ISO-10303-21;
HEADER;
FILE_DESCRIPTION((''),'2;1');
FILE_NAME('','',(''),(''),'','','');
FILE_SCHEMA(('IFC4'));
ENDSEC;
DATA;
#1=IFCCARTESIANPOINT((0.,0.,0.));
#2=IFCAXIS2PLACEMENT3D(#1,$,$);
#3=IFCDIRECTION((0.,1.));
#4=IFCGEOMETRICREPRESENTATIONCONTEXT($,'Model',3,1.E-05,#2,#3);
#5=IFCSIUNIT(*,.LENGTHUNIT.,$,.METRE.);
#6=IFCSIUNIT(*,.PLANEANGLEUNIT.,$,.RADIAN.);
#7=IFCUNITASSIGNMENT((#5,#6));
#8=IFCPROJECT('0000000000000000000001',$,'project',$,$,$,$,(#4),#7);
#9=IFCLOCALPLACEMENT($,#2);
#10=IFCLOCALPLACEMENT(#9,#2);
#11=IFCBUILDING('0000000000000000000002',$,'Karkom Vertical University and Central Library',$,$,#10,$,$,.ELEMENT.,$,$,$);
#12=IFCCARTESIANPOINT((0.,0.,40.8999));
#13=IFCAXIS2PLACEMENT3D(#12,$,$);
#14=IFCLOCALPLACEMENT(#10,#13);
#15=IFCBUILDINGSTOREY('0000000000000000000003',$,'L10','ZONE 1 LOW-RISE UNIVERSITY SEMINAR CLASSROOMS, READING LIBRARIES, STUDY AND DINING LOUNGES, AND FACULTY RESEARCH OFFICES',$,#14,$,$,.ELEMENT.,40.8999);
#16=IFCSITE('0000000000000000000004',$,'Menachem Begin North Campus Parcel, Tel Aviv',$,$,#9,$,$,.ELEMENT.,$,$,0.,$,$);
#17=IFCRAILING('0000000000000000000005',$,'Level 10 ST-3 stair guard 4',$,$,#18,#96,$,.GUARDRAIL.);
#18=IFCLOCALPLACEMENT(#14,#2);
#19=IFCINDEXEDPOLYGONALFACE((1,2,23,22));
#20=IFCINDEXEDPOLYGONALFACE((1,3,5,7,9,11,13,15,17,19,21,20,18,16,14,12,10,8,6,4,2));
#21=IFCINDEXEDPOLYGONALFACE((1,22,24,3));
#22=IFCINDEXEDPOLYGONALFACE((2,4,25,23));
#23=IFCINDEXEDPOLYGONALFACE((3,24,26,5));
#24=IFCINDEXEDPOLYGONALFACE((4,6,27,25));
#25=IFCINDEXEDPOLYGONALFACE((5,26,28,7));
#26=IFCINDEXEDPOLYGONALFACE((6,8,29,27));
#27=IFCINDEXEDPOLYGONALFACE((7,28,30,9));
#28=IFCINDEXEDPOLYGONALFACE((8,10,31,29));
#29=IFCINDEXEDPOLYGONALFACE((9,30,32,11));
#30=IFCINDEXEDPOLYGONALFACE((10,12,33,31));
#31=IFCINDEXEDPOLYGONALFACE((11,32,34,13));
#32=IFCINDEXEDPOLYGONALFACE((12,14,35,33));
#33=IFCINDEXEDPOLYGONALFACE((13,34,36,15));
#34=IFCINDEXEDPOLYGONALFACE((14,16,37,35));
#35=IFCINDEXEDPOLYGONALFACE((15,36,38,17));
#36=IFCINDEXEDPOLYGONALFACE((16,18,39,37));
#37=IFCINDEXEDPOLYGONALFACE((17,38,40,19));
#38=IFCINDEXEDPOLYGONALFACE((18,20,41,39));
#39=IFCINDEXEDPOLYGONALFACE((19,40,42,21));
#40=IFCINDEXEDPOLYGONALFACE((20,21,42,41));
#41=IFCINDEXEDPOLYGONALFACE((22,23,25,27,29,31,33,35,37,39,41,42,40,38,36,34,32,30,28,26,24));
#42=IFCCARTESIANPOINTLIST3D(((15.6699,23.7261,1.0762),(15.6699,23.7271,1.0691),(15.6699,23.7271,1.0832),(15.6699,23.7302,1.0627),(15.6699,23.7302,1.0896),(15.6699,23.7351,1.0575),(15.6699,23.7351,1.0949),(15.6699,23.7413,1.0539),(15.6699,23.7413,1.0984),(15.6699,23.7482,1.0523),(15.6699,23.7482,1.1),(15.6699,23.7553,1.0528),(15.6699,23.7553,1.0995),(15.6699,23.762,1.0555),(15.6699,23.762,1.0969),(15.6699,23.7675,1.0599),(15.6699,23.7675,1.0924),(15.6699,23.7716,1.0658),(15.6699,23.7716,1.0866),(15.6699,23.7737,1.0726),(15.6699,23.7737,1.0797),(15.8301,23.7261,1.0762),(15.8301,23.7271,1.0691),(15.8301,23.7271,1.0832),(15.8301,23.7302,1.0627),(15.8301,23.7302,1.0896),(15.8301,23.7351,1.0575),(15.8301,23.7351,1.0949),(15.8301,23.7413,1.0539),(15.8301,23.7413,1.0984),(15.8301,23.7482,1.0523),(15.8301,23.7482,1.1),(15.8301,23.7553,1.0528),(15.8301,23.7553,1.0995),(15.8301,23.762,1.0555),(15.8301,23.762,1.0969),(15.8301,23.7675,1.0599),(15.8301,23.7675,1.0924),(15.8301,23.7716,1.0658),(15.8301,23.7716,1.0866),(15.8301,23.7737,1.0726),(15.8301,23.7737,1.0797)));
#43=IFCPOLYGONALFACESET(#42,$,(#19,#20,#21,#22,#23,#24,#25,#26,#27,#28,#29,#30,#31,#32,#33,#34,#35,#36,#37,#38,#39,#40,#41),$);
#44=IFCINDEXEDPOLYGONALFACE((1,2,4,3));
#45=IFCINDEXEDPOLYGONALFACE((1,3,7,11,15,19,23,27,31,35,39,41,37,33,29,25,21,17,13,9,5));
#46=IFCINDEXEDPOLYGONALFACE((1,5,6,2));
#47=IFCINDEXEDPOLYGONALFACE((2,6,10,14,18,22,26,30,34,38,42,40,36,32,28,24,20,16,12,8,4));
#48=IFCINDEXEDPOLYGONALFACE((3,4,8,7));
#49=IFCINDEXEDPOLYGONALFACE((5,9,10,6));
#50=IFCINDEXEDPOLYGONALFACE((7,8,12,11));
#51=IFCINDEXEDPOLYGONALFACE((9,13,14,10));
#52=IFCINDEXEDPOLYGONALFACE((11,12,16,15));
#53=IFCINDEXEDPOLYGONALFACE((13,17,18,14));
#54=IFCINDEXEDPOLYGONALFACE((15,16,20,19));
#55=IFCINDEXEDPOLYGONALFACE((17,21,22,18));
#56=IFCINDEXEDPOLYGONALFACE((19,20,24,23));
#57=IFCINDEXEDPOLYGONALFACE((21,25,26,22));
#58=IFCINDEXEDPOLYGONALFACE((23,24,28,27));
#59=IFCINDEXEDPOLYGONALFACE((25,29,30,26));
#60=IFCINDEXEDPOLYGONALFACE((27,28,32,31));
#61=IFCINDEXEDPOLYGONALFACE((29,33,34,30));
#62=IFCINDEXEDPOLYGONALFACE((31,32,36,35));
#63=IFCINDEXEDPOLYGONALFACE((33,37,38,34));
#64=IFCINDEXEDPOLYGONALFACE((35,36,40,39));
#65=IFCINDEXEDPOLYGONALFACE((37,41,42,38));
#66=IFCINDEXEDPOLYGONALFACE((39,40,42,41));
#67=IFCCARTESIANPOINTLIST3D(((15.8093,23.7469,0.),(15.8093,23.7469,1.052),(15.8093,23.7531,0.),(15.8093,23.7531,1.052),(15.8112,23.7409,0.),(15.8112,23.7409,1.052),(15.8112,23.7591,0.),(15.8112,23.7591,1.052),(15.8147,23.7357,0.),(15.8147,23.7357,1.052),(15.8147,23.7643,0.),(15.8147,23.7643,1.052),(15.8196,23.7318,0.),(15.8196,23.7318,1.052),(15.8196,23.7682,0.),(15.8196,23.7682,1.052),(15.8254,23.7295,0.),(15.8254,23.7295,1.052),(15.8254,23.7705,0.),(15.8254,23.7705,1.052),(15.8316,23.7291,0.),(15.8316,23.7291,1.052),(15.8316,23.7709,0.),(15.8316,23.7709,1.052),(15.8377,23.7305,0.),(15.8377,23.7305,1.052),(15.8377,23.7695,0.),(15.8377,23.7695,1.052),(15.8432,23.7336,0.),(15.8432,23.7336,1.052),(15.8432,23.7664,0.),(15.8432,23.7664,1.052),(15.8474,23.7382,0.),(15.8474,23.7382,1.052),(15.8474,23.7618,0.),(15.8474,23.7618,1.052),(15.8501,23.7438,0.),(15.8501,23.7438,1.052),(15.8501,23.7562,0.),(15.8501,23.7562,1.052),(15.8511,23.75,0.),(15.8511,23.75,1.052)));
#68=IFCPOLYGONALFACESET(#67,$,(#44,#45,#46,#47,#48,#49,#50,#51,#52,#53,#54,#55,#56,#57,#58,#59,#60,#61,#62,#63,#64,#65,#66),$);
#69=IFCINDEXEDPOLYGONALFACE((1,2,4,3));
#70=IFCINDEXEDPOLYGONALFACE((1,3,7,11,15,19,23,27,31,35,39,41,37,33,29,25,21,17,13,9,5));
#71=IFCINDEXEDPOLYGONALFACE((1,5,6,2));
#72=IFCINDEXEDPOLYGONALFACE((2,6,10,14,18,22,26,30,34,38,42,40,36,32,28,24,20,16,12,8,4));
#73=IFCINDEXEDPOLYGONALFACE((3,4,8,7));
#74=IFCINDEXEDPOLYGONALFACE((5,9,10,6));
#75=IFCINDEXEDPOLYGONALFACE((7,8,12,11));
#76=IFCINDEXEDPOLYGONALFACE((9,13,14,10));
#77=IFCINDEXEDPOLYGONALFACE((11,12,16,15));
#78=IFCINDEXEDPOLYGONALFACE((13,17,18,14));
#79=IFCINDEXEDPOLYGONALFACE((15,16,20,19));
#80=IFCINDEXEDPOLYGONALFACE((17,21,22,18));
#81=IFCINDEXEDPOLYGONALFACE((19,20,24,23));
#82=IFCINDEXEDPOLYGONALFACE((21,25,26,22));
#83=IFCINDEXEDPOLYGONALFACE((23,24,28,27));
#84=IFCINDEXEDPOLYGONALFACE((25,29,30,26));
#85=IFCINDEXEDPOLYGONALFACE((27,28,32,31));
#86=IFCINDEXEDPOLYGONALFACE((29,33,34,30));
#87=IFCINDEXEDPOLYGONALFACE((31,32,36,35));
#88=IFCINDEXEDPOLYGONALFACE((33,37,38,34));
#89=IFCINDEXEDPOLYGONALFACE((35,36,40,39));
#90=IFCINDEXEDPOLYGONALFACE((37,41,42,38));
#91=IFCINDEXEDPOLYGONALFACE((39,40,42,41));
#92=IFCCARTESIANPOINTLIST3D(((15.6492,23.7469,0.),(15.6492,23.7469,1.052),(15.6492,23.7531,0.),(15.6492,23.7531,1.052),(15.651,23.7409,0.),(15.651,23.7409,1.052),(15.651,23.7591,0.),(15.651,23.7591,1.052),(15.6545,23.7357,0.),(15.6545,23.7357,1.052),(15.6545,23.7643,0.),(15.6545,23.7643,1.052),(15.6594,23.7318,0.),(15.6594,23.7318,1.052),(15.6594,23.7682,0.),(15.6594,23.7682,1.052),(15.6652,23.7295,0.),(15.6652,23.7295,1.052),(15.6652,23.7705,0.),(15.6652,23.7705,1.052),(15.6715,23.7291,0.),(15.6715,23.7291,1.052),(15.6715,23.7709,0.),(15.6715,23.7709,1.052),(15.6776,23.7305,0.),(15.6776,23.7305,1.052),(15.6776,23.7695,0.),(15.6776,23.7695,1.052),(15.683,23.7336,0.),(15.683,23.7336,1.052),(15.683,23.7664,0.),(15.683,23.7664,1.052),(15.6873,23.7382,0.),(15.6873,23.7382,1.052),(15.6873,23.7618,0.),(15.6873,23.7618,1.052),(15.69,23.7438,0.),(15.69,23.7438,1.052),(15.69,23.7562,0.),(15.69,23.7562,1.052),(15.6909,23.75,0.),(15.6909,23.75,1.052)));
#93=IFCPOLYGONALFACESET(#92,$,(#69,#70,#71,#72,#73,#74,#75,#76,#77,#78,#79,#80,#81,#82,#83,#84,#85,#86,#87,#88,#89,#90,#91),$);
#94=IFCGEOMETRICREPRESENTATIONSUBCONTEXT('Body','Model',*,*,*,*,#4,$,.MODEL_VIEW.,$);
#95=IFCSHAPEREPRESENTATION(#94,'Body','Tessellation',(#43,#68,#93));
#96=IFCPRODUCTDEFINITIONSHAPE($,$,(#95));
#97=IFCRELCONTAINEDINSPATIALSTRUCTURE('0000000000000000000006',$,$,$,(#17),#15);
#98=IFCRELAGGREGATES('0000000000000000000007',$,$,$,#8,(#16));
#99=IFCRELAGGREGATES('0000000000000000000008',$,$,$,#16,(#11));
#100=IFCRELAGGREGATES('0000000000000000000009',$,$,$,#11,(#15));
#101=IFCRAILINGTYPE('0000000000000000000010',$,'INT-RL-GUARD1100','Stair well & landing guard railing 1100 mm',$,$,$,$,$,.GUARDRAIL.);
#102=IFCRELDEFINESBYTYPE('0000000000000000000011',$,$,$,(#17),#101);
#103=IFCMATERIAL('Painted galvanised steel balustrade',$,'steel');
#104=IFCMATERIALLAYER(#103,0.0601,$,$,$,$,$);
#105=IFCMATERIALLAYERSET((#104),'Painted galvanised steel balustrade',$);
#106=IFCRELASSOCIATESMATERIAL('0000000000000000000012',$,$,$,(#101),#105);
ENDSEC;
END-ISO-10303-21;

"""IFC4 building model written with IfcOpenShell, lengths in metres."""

from ifc_helpers import new_model, si_unit, direction, frame, origin, origin_2d, place, context, subcontext, project, spatial, circle, extrude, material, layer, layer_set, type_object, element, save


model = new_model("IFC4")

# Units and contexts
model_context = context("Model", 3, precision=1e-05, world=origin(), true_north=direction((0.0, 1.0)))
body_context = subcontext(model_context, "Body", "Model", "MODEL_VIEW")
ifc_project = project(units=[si_unit("LENGTHUNIT", "METRE"), si_unit("PLANEANGLEUNIT", "RADIAN")], contexts=[model_context])

# Site, building, storey
site_placement = place(None, origin())
site = spatial("IfcSite", under=ifc_project, at=site_placement, Name="Menachem Begin North Campus Parcel, Tel Aviv", CompositionType="ELEMENT", RefElevation=0.0)
building_placement = place(site_placement, origin())
building = spatial("IfcBuilding", under=site, at=building_placement, Name="Karkom Vertical University and Central Library", CompositionType="ELEMENT")
storey_placement = place(building_placement, frame((0.0, 0.0, 40.8999)))
storey = spatial("IfcBuildingStorey", under=building, at=storey_placement, Name="L10", Description="ZONE 1 LOW-RISE UNIVERSITY SEMINAR CLASSROOMS, READING LIBRARIES, STUDY AND DINING LOUNGES, AND FACULTY RESEARCH OFFICES", CompositionType="ELEMENT", Elevation=40.8999)

# Railing
ifc_material_1 = material(Name="Painted galvanised steel balustrade", Category="steel")
ifc_layer_1 = layer(ifc_material_1, 0.0601)
ifc_layer_set_1 = layer_set([ifc_layer_1], Name="Painted galvanised steel balustrade")
railing_type_1 = type_object("IfcRailingType", Name="INT-RL-GUARD1100", Description="Stair well & landing guard railing 1100 mm", PredefinedType="GUARDRAIL", material=ifc_layer_set_1)
railing_1_placement = place(storey_placement, frame((15.8301, 23.75, 0.0)))
element("IfcRailing", 1, at=railing_1_placement, inside=storey, type_object=railing_type_1, Name="Level 10 ST-3 stair guard 4", PredefinedType="GUARDRAIL", context=body_context, shape_type="SweptSolid", body=[
    extrude(circle(Radius=0.0239, at=origin_2d()), frame((0.0, 0.0, 1.0762), z_axis=(-1.0, 0.0, 0.0), x_axis=(0.0, -1.0, 0.0)), (0.0, 0.0, 1.0), 0.1602),
    extrude(circle(Radius=0.021, at=origin_2d()), origin(), (0.0, 0.0, 1.0), 1.052),
    extrude(circle(Radius=0.021, at=origin_2d()), frame((-0.1602, 0.0, 0.0)), (0.0, 0.0, 1.0), 1.052),
])

save(model, "model.ifc")
